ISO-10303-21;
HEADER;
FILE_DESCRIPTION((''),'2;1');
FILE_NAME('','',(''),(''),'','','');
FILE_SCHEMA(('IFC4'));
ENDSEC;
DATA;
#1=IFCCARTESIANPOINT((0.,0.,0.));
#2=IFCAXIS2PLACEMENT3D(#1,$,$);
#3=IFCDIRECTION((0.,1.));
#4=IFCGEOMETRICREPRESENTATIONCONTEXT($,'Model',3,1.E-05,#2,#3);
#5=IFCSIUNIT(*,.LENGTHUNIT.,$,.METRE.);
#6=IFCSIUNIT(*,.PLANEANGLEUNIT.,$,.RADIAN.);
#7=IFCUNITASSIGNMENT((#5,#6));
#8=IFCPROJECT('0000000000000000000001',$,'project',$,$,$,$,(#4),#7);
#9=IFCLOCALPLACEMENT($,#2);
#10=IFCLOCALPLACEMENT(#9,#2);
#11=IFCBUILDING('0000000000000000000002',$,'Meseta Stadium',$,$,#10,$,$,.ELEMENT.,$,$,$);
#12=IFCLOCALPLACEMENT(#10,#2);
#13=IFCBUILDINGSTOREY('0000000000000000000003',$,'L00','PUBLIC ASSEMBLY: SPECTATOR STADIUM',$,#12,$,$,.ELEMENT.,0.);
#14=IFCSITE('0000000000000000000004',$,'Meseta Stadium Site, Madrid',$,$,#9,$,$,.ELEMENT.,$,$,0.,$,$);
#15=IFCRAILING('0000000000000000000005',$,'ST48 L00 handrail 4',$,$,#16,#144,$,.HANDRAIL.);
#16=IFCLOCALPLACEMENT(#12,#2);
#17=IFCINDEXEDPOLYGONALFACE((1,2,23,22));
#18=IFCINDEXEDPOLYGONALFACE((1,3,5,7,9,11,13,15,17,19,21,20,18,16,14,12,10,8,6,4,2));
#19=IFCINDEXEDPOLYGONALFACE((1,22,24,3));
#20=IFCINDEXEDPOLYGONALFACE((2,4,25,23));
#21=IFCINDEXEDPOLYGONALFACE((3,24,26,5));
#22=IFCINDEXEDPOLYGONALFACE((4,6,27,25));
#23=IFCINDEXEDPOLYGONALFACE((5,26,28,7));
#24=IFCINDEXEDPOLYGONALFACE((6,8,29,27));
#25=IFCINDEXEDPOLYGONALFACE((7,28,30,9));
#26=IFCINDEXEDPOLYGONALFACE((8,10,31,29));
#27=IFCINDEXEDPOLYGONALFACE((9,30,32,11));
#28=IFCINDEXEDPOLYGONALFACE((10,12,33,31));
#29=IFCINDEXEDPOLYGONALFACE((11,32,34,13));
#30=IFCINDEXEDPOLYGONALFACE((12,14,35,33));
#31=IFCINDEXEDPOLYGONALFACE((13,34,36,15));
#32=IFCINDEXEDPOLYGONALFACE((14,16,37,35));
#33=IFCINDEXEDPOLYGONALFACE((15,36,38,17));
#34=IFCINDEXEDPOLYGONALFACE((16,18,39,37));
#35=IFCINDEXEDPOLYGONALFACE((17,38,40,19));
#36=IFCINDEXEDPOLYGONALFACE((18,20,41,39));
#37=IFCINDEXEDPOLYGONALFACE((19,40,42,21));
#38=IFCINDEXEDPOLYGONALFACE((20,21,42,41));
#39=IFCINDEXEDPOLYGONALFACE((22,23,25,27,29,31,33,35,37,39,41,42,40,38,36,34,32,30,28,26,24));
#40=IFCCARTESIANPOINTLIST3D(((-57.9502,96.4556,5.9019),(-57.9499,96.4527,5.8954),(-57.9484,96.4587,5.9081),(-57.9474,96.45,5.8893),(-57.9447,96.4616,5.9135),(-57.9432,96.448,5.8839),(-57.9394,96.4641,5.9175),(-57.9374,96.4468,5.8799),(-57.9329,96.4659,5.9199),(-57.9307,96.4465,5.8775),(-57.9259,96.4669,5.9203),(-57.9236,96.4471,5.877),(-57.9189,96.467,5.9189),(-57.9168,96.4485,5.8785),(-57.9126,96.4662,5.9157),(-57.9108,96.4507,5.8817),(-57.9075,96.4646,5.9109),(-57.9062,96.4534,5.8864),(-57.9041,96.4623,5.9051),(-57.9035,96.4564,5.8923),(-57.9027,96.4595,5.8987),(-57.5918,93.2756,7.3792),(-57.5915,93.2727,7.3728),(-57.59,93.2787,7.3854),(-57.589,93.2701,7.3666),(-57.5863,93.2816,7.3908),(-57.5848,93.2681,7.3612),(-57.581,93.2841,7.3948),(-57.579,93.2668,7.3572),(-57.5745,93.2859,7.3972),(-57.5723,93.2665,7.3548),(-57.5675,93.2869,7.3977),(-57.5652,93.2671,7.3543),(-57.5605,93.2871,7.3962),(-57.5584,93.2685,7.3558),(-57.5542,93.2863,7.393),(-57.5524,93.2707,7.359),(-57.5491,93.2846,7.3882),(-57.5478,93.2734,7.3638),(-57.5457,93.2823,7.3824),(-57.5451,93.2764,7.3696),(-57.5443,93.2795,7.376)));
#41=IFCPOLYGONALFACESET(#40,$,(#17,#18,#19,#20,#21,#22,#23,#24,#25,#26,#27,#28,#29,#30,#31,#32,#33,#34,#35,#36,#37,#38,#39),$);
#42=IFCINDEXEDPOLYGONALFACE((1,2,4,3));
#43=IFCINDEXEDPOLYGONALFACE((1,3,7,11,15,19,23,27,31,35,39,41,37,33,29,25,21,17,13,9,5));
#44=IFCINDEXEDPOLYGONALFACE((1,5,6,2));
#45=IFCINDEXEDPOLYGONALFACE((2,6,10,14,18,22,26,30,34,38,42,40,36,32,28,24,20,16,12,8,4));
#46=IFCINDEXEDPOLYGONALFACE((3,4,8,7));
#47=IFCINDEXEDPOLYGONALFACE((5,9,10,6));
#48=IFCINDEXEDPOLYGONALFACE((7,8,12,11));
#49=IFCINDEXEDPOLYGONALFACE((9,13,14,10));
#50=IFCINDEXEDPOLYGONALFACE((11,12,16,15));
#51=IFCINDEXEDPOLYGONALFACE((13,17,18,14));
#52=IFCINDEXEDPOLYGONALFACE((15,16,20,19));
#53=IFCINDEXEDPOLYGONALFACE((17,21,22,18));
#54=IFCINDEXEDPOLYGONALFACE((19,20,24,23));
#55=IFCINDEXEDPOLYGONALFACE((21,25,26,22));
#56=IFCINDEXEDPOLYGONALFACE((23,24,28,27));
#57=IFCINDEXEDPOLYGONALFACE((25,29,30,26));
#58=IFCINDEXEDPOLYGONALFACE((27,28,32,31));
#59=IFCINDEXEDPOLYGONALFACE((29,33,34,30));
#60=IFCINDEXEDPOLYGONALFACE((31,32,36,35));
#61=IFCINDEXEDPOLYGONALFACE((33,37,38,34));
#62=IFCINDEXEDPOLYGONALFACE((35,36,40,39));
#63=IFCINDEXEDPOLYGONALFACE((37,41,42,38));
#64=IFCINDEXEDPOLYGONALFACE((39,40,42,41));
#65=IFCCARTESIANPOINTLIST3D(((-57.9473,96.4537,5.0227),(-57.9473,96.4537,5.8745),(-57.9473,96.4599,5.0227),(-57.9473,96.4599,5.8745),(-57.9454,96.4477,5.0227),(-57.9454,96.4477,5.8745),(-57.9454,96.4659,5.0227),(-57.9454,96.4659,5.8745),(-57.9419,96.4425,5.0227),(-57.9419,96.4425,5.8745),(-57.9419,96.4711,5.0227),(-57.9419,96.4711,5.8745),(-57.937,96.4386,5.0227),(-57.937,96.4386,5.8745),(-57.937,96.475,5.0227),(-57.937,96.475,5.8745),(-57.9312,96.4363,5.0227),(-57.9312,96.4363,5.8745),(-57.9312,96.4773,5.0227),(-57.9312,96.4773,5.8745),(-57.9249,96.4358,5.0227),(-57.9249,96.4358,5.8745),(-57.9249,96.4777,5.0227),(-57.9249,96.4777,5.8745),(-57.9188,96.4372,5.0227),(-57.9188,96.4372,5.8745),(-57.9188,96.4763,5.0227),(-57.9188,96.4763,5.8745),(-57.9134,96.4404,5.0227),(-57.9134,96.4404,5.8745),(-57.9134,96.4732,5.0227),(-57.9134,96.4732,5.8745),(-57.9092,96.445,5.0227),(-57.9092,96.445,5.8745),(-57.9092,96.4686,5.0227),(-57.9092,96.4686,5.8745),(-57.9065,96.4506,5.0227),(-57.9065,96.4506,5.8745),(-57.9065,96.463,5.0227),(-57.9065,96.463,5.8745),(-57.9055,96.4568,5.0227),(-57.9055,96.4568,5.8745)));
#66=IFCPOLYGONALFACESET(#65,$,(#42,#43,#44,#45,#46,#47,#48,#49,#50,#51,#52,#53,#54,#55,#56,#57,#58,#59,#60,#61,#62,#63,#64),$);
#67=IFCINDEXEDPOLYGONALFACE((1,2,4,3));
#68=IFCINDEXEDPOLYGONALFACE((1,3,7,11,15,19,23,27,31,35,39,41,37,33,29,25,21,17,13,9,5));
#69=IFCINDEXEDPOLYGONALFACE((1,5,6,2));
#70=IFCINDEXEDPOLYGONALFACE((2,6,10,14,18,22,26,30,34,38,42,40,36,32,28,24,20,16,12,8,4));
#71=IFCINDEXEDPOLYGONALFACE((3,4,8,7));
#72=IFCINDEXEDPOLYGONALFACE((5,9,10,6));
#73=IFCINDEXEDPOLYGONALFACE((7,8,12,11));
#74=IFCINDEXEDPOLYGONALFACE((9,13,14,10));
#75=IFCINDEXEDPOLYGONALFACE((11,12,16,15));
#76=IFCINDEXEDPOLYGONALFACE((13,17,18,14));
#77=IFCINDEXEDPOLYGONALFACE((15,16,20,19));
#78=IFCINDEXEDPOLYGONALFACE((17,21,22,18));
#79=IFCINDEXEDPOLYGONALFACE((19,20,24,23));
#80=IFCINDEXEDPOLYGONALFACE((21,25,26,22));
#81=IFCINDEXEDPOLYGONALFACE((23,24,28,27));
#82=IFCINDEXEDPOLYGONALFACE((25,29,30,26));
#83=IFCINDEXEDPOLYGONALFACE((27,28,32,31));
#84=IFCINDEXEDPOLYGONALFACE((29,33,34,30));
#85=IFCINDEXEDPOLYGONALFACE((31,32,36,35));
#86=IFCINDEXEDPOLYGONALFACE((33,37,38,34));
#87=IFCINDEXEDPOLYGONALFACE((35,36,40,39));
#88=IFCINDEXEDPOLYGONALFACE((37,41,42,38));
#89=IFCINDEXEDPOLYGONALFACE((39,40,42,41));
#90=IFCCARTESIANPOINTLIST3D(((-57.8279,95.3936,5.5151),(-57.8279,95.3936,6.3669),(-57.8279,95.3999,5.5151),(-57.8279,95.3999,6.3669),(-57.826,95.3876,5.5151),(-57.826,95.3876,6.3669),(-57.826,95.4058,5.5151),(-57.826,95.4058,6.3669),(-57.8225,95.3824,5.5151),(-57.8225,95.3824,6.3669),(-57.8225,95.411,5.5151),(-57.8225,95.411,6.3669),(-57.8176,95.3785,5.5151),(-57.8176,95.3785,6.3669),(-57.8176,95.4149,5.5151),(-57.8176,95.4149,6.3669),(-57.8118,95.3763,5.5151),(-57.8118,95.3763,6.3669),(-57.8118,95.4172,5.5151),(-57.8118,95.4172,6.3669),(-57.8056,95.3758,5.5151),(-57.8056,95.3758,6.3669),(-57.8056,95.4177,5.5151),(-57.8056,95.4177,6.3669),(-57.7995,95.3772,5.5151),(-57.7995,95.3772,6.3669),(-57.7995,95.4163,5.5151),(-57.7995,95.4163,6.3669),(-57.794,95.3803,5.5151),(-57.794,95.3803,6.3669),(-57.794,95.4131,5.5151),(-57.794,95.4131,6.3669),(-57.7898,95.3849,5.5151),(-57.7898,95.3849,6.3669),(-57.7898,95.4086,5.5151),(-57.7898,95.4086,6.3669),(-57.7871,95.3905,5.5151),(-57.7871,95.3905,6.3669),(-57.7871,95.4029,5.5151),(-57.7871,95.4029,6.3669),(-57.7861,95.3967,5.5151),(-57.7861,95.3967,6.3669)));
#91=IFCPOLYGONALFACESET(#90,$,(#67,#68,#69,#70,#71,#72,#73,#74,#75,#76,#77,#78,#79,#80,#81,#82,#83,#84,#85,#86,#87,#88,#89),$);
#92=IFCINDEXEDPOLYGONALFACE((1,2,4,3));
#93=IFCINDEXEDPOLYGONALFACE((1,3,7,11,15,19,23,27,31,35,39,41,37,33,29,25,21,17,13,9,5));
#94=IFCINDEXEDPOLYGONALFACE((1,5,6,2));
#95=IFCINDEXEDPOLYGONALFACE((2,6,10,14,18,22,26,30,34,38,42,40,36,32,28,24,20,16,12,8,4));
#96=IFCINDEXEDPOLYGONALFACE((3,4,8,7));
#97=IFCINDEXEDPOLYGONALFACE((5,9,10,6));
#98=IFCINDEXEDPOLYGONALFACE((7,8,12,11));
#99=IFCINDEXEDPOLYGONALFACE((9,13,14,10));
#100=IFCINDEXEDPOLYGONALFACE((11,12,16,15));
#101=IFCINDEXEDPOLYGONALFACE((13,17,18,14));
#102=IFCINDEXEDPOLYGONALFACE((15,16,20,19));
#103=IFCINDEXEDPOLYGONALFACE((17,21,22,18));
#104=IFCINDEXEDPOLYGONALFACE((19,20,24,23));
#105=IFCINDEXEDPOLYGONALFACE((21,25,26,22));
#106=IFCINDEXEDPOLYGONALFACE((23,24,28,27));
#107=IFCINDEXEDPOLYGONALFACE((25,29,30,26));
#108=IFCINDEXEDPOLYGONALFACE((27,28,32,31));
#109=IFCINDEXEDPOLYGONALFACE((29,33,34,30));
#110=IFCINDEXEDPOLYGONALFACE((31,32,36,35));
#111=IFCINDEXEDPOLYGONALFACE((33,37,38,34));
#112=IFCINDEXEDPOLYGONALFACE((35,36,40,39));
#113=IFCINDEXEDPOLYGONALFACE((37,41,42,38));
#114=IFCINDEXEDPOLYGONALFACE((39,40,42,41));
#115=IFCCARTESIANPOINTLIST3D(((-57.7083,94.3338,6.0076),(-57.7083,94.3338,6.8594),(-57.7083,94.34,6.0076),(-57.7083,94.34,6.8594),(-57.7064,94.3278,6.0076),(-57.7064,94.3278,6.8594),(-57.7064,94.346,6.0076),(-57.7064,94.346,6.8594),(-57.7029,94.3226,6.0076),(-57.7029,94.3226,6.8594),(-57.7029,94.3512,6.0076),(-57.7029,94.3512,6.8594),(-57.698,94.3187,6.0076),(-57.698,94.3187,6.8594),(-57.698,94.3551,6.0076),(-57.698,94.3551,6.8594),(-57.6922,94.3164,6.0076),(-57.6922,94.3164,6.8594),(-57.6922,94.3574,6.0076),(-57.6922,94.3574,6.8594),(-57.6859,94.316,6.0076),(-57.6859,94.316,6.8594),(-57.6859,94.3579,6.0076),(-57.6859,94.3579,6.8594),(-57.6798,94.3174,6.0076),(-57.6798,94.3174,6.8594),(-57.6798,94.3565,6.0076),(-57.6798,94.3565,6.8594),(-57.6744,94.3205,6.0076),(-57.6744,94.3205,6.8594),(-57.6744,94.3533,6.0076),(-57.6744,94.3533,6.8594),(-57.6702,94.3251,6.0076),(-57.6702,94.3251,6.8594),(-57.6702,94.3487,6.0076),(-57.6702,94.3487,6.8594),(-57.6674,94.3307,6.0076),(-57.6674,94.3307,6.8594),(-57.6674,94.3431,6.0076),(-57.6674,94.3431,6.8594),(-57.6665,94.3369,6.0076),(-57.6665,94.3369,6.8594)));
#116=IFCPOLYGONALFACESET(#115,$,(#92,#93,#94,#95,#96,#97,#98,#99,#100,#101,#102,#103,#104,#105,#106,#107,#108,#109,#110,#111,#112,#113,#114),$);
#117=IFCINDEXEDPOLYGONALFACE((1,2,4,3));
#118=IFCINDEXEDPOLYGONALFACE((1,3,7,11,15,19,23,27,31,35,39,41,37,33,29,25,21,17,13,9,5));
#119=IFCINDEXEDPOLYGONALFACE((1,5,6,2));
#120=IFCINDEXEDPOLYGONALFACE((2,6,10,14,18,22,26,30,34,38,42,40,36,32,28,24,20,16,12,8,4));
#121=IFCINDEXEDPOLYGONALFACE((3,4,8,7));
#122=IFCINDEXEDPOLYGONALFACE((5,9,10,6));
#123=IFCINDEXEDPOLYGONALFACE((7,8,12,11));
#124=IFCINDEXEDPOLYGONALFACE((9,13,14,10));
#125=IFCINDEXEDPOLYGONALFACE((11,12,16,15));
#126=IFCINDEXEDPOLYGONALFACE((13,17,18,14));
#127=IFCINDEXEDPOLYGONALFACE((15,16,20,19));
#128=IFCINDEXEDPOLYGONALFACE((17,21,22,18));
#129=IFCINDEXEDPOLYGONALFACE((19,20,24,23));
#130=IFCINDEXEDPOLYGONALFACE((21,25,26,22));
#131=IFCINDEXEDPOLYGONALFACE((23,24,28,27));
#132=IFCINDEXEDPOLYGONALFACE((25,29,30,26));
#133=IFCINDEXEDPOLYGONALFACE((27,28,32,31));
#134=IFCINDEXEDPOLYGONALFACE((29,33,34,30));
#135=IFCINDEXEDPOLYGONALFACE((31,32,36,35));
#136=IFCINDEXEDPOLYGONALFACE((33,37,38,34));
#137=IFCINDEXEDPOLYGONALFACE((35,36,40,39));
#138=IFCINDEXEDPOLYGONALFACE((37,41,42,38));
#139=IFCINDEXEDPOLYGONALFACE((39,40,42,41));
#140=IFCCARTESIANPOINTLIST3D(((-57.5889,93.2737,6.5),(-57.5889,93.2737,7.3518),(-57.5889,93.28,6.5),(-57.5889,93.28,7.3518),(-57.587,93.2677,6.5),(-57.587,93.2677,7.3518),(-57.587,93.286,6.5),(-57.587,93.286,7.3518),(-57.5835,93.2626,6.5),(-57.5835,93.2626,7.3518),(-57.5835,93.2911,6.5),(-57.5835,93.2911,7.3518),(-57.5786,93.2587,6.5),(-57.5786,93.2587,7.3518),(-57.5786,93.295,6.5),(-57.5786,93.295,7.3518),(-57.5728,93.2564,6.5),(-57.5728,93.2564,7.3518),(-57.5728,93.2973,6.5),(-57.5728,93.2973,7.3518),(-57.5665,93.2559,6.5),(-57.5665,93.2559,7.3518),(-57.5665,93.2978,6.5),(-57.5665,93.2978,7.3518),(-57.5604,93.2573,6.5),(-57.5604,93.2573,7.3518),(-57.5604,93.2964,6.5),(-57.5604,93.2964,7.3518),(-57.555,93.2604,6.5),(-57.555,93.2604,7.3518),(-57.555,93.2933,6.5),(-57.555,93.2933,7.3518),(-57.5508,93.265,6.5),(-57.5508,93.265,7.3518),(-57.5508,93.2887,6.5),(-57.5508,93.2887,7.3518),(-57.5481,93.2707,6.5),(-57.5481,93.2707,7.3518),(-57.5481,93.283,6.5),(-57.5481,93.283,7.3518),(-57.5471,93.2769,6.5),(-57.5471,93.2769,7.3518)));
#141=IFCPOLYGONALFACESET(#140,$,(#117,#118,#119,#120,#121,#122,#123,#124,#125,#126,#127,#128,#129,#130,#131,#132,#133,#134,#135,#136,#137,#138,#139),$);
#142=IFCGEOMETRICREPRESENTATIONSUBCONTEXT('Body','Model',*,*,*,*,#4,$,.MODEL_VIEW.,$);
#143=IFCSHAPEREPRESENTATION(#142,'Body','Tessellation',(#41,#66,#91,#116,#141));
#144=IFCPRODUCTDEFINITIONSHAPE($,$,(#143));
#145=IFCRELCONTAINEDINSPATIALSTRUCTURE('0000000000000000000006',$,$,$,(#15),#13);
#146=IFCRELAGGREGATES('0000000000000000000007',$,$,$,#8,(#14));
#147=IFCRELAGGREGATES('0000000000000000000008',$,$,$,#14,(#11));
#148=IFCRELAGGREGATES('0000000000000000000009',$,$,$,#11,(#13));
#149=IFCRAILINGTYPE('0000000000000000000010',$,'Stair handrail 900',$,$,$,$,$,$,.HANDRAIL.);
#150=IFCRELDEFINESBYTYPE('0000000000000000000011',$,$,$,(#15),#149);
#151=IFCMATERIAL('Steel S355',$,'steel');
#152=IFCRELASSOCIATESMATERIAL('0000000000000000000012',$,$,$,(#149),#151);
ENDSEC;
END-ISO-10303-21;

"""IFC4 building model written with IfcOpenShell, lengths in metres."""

from ifc_helpers import new_model, si_unit, direction, frame, origin, origin_2d, place, context, subcontext, project, spatial, circle, extrude, material, type_object, element, save


model = new_model("IFC4")

# Units and contexts
model_context = context("Model", 3, precision=1e-05, world=origin(), true_north=direction((0.0, 1.0)))
body_context = subcontext(model_context, "Body", "Model", "MODEL_VIEW")
ifc_project = project(units=[si_unit("LENGTHUNIT", "METRE"), si_unit("PLANEANGLEUNIT", "RADIAN")], contexts=[model_context])

# Site, building, storey
site_placement = place(None, origin())
site = spatial("IfcSite", under=ifc_project, at=site_placement, Name="Meseta Stadium Site, Madrid", CompositionType="ELEMENT", RefElevation=0.0)
building_placement = place(site_placement, origin())
building = spatial("IfcBuilding", under=site, at=building_placement, Name="Meseta Stadium", CompositionType="ELEMENT")
storey_placement = place(building_placement, origin())
storey = spatial("IfcBuildingStorey", under=building, at=storey_placement, Name="L00", Description="PUBLIC ASSEMBLY: SPECTATOR STADIUM", CompositionType="ELEMENT", Elevation=0.0)

# Railing
ifc_material_1 = material(Name="Steel S355", Category="steel")
railing_type_1 = type_object("IfcRailingType", Name="Stair handrail 900", PredefinedType="HANDRAIL", material=ifc_material_1)
railing_1_placement = place(storey_placement, frame((-57.9265, 96.4568, 5.0227)))
element("IfcRailing", 1, at=railing_1_placement, inside=storey, type_object=railing_type_1, Name="ST48 L00 handrail 4", PredefinedType="HANDRAIL", context=body_context, shape_type="SweptSolid", body=[
    extrude(circle(Radius=0.0239, at=origin_2d()), frame((0.0, 0.0, 0.876), z_axis=(0.101685, -0.90221, 0.419138), x_axis=(0.993709, 0.111997, 0.0)), (0.0, 0.0, 1.0), 3.5247),
    extrude(circle(Radius=0.021, at=origin_2d()), origin(), (0.0, 0.0, 1.0), 0.8518),
    extrude(circle(Radius=0.021, at=origin_2d()), frame((0.1194, -1.0601, 0.4924)), (0.0, 0.0, 1.0), 0.8518),
    extrude(circle(Radius=0.021, at=origin_2d()), frame((0.239, -2.1199, 0.9849)), (0.0, 0.0, 1.0), 0.8518),
    extrude(circle(Radius=0.021, at=origin_2d()), frame((0.3584, -3.1799, 1.4773)), (0.0, 0.0, 1.0), 0.8518),
])

save(model, "model.ifc")
